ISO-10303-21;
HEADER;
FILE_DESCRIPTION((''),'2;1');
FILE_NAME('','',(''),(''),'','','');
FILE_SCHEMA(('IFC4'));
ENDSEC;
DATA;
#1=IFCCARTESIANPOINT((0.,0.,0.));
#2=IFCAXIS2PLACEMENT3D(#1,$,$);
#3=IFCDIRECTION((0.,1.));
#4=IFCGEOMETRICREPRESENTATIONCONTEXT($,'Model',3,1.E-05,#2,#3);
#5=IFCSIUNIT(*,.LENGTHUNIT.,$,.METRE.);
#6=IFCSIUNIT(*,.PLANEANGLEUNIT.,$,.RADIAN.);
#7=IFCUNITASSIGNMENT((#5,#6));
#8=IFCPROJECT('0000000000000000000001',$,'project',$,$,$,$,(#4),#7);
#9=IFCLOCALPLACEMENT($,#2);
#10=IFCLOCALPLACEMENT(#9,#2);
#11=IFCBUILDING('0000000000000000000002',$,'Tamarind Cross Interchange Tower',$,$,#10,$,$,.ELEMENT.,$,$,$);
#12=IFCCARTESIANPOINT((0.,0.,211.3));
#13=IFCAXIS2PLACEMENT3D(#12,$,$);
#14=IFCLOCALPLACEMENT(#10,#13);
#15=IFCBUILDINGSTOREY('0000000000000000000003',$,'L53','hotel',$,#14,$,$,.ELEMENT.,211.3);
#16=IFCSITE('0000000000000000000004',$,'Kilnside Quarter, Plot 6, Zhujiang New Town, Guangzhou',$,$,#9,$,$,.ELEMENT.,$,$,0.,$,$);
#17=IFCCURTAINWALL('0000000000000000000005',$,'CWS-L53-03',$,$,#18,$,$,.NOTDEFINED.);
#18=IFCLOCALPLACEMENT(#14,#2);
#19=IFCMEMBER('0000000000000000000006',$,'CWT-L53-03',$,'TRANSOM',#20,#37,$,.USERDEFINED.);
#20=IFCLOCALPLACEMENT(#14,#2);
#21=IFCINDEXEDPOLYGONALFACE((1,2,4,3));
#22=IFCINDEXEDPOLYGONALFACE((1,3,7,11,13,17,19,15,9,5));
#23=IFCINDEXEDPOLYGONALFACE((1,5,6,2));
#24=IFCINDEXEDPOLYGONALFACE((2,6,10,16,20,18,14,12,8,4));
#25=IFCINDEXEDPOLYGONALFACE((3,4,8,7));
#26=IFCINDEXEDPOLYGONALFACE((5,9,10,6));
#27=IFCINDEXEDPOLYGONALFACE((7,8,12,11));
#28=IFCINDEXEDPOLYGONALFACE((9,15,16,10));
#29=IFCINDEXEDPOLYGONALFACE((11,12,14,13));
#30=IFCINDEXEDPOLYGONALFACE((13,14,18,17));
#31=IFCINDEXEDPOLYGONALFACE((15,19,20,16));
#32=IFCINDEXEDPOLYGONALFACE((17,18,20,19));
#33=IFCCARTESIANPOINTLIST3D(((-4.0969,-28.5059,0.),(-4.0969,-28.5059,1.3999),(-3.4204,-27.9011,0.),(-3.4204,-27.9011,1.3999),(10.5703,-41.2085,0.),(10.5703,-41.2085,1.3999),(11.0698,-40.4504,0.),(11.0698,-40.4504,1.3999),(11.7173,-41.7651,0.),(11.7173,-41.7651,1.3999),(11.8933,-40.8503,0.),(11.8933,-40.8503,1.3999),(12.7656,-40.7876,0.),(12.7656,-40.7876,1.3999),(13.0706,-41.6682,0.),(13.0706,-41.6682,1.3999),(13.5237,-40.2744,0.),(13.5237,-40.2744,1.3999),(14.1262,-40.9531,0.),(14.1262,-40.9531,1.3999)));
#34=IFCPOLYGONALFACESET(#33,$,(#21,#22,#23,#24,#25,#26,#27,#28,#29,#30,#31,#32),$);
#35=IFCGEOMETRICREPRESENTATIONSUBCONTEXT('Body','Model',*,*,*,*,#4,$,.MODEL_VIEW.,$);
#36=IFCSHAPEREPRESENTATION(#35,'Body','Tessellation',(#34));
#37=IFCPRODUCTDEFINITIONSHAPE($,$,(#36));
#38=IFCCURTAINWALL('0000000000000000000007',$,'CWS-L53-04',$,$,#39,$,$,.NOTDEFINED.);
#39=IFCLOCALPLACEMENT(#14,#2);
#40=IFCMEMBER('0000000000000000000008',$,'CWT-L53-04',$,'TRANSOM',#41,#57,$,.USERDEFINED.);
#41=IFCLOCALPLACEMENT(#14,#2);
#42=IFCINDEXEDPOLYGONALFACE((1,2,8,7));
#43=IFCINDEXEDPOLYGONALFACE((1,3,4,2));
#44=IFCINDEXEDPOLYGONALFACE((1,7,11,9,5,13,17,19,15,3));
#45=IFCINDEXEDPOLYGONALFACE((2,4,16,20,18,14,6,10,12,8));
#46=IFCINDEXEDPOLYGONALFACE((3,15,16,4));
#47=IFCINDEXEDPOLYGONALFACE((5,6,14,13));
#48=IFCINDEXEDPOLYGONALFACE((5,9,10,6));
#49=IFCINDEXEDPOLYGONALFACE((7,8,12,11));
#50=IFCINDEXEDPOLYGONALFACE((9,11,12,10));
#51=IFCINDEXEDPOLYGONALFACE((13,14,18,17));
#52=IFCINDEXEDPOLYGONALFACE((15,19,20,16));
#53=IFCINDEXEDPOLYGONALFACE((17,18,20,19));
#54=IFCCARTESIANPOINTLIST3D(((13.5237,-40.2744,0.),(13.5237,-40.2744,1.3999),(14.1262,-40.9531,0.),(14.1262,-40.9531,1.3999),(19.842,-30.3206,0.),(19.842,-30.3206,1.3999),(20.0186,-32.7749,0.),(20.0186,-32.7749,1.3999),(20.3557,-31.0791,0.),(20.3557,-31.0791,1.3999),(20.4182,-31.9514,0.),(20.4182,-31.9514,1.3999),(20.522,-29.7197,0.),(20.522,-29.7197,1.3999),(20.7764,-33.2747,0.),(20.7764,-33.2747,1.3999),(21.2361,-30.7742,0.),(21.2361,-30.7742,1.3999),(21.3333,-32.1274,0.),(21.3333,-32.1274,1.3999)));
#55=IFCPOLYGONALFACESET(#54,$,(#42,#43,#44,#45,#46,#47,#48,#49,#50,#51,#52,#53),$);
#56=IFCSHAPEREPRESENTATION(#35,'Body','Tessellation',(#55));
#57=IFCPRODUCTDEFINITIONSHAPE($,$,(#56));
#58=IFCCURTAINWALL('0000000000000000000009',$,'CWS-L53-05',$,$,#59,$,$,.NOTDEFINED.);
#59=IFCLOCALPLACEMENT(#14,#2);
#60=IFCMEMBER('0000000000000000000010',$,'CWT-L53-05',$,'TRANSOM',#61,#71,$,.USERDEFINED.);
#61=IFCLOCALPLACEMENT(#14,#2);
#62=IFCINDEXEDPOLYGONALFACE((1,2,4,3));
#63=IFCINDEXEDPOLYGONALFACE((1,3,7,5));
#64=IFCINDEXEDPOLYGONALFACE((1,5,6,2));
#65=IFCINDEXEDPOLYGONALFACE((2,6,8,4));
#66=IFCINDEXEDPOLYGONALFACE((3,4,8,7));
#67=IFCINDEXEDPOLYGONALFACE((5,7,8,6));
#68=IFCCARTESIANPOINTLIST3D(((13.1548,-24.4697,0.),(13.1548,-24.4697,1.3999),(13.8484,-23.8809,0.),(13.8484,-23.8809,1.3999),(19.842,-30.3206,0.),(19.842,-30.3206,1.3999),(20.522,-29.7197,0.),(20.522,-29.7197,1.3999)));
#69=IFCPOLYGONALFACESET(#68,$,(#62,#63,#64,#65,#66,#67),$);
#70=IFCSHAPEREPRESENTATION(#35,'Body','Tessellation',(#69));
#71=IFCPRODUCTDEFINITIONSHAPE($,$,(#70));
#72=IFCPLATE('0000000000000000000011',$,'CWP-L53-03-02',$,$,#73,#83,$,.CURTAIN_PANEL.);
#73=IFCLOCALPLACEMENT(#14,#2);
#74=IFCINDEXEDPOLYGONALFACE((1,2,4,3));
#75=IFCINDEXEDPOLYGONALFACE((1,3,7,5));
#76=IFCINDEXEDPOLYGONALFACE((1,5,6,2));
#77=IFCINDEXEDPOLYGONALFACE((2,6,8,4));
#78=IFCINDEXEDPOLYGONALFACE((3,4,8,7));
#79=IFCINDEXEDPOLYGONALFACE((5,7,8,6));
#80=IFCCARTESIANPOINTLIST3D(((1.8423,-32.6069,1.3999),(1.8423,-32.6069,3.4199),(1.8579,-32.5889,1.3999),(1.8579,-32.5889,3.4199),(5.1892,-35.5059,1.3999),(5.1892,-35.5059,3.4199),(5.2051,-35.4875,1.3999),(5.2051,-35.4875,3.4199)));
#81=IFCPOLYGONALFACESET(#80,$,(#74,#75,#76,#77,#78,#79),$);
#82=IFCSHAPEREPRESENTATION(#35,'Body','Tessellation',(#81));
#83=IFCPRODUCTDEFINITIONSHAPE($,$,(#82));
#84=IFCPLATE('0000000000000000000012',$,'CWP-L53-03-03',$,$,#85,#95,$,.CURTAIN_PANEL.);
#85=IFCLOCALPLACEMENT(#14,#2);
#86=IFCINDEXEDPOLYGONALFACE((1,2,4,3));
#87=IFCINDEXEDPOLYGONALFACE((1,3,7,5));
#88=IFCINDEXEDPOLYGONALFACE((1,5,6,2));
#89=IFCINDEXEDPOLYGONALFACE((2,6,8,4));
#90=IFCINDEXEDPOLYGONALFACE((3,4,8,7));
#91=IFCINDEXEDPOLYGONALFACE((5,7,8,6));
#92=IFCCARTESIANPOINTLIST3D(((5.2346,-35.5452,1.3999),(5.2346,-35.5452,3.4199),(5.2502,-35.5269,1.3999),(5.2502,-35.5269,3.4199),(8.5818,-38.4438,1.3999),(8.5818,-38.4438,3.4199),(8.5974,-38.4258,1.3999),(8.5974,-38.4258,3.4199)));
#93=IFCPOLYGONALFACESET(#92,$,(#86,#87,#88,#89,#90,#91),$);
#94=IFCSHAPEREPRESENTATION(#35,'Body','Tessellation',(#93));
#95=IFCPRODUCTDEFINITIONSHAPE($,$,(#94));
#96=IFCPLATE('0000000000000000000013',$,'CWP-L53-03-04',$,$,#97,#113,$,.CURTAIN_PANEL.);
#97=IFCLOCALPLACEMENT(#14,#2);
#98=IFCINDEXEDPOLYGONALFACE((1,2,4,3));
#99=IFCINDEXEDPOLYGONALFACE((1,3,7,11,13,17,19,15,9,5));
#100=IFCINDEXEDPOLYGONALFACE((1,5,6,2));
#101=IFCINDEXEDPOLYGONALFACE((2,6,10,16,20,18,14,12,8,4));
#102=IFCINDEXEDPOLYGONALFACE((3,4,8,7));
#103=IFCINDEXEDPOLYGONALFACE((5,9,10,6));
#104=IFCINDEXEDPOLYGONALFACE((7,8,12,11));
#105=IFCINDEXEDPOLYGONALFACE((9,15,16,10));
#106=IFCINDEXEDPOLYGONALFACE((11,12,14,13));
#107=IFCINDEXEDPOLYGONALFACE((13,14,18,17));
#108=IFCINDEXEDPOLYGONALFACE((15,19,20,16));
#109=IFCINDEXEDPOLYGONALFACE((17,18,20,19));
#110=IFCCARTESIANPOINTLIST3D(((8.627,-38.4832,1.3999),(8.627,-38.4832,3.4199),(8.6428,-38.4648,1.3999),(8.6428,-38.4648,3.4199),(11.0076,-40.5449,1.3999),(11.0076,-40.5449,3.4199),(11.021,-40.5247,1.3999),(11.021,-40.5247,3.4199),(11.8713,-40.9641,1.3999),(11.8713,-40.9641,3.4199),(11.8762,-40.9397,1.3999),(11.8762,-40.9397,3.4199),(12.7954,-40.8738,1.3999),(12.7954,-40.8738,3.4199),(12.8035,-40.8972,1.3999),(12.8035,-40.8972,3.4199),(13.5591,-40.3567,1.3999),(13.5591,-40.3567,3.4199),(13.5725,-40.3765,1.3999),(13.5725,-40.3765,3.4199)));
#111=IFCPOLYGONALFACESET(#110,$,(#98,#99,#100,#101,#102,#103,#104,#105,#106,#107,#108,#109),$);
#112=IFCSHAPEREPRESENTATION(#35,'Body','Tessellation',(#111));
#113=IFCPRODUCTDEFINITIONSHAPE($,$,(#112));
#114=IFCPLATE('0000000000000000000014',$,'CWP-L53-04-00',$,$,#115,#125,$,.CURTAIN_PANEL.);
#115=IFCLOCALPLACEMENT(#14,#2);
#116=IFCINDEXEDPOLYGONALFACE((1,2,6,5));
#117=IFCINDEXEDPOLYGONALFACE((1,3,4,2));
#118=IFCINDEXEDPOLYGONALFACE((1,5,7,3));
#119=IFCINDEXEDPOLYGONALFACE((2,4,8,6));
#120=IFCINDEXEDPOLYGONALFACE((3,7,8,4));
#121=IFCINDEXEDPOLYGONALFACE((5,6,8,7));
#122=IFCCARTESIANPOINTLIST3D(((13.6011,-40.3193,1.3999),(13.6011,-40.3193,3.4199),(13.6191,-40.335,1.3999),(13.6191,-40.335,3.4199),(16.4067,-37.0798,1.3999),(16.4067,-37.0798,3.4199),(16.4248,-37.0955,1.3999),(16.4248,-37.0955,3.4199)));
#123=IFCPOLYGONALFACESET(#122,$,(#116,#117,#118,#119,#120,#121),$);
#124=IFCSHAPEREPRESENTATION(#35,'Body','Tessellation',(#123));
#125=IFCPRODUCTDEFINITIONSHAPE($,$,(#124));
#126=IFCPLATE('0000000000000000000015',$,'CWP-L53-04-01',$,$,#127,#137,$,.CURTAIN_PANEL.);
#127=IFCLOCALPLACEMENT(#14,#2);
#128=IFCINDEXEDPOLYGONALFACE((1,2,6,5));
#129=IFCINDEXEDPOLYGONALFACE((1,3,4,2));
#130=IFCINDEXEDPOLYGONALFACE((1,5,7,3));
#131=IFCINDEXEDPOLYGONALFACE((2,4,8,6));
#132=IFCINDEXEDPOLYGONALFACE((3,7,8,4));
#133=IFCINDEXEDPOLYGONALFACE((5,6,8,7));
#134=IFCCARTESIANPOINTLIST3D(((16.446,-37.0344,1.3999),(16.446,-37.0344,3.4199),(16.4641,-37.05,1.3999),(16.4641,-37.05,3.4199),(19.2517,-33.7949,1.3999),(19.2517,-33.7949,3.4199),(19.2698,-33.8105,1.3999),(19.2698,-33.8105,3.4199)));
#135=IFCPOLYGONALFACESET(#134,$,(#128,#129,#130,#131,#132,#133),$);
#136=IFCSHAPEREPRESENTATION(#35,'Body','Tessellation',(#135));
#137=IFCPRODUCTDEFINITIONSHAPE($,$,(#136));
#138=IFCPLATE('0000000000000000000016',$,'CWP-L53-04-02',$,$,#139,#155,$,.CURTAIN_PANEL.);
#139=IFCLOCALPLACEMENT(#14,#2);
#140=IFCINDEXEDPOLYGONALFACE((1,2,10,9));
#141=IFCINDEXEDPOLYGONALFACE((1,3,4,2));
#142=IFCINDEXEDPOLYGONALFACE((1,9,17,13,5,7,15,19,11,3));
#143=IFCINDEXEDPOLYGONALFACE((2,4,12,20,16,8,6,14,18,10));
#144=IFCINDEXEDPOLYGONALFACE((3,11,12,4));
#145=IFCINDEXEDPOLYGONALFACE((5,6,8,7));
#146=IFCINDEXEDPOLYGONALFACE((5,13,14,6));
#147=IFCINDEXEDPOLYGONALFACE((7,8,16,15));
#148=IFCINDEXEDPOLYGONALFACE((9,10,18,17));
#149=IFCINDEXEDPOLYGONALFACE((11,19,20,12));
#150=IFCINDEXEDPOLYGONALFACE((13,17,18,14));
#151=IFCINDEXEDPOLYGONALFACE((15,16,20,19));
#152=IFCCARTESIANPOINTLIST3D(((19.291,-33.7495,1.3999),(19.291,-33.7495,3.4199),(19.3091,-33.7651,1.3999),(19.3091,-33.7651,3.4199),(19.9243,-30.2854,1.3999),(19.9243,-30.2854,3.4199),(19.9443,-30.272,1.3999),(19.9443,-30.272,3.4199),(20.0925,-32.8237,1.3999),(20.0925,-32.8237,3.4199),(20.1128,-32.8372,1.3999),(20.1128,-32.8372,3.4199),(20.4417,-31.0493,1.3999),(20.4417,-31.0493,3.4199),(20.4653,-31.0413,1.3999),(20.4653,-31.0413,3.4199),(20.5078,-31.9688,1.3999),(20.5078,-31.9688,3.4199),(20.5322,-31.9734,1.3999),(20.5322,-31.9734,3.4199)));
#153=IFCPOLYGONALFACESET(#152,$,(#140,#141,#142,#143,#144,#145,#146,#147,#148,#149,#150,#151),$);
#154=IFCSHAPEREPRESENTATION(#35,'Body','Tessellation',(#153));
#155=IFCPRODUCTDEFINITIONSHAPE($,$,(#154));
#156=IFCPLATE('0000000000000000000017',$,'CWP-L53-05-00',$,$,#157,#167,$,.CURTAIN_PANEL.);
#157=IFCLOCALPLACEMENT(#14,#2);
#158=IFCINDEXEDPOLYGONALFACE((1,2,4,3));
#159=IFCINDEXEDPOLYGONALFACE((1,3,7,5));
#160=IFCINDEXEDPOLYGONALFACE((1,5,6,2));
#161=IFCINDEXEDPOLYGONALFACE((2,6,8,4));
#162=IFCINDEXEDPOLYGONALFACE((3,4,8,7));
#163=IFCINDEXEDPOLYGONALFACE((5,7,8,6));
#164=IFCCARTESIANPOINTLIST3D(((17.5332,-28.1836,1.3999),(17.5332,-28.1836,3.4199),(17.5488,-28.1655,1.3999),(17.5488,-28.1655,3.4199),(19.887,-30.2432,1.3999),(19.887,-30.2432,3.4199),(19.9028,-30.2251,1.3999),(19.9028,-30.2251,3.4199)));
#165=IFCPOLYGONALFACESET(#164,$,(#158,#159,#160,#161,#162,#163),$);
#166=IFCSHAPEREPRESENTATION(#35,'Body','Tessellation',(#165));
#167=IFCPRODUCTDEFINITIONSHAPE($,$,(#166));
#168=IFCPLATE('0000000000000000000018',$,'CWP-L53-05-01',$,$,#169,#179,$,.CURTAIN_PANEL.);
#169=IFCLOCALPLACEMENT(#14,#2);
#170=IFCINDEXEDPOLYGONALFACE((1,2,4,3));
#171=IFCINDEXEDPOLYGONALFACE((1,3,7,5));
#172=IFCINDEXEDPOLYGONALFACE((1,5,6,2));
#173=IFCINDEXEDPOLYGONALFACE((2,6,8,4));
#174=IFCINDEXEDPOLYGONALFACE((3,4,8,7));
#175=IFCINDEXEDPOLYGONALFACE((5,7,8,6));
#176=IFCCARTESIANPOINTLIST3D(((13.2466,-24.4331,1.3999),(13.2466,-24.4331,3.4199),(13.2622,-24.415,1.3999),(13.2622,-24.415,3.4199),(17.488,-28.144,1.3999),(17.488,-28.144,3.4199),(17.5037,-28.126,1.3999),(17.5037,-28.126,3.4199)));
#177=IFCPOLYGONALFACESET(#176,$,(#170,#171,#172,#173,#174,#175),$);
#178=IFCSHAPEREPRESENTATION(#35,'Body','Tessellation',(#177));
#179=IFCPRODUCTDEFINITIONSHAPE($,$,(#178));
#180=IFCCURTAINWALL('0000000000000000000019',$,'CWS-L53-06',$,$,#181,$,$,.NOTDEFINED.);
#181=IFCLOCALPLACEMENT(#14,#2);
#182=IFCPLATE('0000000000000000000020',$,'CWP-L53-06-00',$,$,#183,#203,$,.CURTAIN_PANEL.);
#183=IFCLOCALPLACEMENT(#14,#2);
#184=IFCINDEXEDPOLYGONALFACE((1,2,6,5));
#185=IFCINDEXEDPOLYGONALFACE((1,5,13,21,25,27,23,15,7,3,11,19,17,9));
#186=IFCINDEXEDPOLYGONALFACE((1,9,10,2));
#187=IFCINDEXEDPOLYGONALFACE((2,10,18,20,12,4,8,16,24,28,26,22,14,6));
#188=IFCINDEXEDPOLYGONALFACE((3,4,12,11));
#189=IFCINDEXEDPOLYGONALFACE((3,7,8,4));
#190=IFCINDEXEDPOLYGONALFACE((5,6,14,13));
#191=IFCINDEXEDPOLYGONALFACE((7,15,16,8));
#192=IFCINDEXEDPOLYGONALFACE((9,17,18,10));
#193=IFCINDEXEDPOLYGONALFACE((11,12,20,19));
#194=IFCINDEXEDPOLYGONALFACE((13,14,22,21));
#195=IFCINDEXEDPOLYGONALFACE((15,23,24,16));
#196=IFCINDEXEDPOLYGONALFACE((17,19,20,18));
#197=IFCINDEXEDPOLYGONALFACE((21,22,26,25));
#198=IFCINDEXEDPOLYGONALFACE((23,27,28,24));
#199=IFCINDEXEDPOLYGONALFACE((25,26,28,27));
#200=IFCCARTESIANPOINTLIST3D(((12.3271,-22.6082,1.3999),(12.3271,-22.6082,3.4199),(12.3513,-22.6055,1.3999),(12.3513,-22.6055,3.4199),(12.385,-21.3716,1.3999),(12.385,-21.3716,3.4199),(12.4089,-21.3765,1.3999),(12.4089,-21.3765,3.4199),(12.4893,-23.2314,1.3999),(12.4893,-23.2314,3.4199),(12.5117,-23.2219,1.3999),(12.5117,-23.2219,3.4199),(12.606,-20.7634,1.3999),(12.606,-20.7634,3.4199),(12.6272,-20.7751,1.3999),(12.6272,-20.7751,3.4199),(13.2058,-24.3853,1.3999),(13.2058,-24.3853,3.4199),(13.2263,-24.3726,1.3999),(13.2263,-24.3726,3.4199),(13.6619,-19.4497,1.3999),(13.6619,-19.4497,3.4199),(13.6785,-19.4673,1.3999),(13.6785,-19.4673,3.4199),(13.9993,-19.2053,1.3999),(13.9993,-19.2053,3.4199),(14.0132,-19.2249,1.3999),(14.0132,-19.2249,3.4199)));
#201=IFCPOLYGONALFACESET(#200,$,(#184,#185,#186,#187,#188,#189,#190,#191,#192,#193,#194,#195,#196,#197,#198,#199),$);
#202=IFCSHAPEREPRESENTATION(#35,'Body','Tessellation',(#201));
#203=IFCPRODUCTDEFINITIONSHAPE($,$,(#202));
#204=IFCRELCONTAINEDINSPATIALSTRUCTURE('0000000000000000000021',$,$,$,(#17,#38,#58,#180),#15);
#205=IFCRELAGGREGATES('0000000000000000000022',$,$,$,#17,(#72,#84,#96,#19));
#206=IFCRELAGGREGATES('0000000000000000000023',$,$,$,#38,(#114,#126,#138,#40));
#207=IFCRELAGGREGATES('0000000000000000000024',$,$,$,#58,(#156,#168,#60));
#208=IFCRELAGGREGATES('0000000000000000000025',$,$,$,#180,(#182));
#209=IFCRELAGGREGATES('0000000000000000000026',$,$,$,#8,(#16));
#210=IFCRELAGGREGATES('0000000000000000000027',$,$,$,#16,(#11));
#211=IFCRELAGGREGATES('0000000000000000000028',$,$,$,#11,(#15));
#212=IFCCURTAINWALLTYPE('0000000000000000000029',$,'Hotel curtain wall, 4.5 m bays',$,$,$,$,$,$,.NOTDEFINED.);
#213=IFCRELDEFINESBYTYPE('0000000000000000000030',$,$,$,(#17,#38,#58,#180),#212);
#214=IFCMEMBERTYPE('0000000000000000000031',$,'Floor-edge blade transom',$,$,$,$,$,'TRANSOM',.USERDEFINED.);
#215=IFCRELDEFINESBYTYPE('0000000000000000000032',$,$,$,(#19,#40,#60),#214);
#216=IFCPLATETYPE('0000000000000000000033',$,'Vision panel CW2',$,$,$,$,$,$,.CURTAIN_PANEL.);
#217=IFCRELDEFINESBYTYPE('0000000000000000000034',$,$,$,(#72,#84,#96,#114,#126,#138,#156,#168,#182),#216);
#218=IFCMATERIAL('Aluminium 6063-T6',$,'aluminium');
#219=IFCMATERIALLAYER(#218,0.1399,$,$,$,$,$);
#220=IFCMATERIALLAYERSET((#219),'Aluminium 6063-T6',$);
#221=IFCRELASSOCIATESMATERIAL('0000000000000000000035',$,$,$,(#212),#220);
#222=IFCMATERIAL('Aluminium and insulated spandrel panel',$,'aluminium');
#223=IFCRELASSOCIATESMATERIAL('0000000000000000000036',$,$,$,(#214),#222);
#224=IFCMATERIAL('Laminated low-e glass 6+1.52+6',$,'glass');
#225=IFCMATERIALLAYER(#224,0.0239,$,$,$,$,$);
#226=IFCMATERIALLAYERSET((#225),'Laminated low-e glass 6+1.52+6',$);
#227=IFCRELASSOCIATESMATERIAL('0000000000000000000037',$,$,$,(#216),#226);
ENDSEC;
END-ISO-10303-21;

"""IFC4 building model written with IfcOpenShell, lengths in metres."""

from ifc_helpers import new_model, si_unit, direction, frame, origin, place, context, subcontext, project, spatial, polyline, outline, extrude, material, layer, layer_set, type_object, element, aggregate, save


model = new_model("IFC4")

# Units and contexts
model_context = context("Model", 3, precision=1e-05, world=origin(), true_north=direction((0.0, 1.0)))
body_context = subcontext(model_context, "Body", "Model", "MODEL_VIEW")
ifc_project = project(units=[si_unit("LENGTHUNIT", "METRE"), si_unit("PLANEANGLEUNIT", "RADIAN")], contexts=[model_context])

# Site, building, storey
site_placement = place(None, origin())
site = spatial("IfcSite", under=ifc_project, at=site_placement, Name="Kilnside Quarter, Plot 6, Zhujiang New Town, Guangzhou", CompositionType="ELEMENT", RefElevation=0.0)
building_placement = place(site_placement, origin())
building = spatial("IfcBuilding", under=site, at=building_placement, Name="Tamarind Cross Interchange Tower", CompositionType="ELEMENT")
storey_placement = place(building_placement, frame((0.0, 0.0, 211.3)))
storey = spatial("IfcBuildingStorey", under=building, at=storey_placement, Name="L53", Description="hotel", CompositionType="ELEMENT", Elevation=211.3)

# Curtain walls, members
ifc_material_1 = material(Name="Aluminium 6063-T6", Category="aluminium")
ifc_layer_1 = layer(ifc_material_1, 0.1399)
ifc_layer_set_1 = layer_set([ifc_layer_1], Name="Aluminium 6063-T6")
curtain_wall_type = type_object("IfcCurtainWallType", Name="Hotel curtain wall, 4.5 m bays", PredefinedType="NOTDEFINED", material=ifc_layer_set_1)
curtain_wall_1_placement = place(storey_placement, origin())
curtain_wall_1 = element("IfcCurtainWall", 1, at=curtain_wall_1_placement, inside=storey, type_object=curtain_wall_type, Name="CWS-L53-03", PredefinedType="NOTDEFINED")
ifc_material_2 = material(Name="Aluminium and insulated spandrel panel", Category="aluminium")
member_type = type_object("IfcMemberType", Name="Floor-edge blade transom", ElementType="TRANSOM", PredefinedType="USERDEFINED", material=ifc_material_2)
member_1_placement = place(storey_placement, origin())
member_1 = element("IfcMember", 2, at=member_1_placement, type_object=member_type, Name="CWT-L53-03", ObjectType="TRANSOM", PredefinedType="USERDEFINED", context=body_context, shape_type="SweptSolid", body=[
    extrude(outline(polyline([(-3.4204, -27.9011), (11.0698, -40.4504), (11.8933, -40.8503), (12.7656, -40.7876), (13.5237, -40.2744), (14.1262, -40.9531), (13.0706, -41.6682), (11.7173, -41.7651), (10.5703, -41.2085), (-4.0969, -28.5059), (-3.4204, -27.9011)])), origin(), (0.0, 0.0, 1.0), 1.3999),
])
curtain_wall_2_placement = place(storey_placement, origin())
curtain_wall_2 = element("IfcCurtainWall", 3, at=curtain_wall_2_placement, inside=storey, type_object=curtain_wall_type, Name="CWS-L53-04", PredefinedType="NOTDEFINED")
member_2_placement = place(storey_placement, origin())
member_2 = element("IfcMember", 4, at=member_2_placement, type_object=member_type, Name="CWT-L53-04", ObjectType="TRANSOM", PredefinedType="USERDEFINED", context=body_context, shape_type="SweptSolid", body=[
    extrude(outline(polyline([(13.5237, -40.2744), (20.0186, -32.7749), (20.4182, -31.9514), (20.3557, -31.0791), (19.842, -30.3206), (20.522, -29.7197), (21.2361, -30.7742), (21.3333, -32.1274), (20.7764, -33.2747), (14.1262, -40.9531), (13.5237, -40.2744)])), origin(), (0.0, 0.0, 1.0), 1.3999),
])
curtain_wall_3_placement = place(storey_placement, origin())
curtain_wall_3 = element("IfcCurtainWall", 5, at=curtain_wall_3_placement, inside=storey, type_object=curtain_wall_type, Name="CWS-L53-05", PredefinedType="NOTDEFINED")
member_3_placement = place(storey_placement, origin())
member_3 = element("IfcMember", 6, at=member_3_placement, type_object=member_type, Name="CWT-L53-05", ObjectType="TRANSOM", PredefinedType="USERDEFINED", context=body_context, shape_type="SweptSolid", body=[
    extrude(outline(polyline([(19.842, -30.3206), (13.1548, -24.4697), (13.8484, -23.8809), (20.522, -29.7197), (19.842, -30.3206)])), origin(), (0.0, 0.0, 1.0), 1.3999),
])

# Plates
ifc_material_3 = material(Name="Laminated low-e glass 6+1.52+6", Category="glass")
ifc_layer_2 = layer(ifc_material_3, 0.0239)
ifc_layer_set_2 = layer_set([ifc_layer_2], Name="Laminated low-e glass 6+1.52+6")
plate_type = type_object("IfcPlateType", Name="Vision panel CW2", PredefinedType="CURTAIN_PANEL", material=ifc_layer_set_2)
plate_1_placement = place(storey_placement, frame((0.0, 0.0, 1.3999)))
plate_1 = element("IfcPlate", 7, at=plate_1_placement, type_object=plate_type, Name="CWP-L53-03-02", PredefinedType="CURTAIN_PANEL", context=body_context, shape_type="SweptSolid", body=[
    extrude(outline(polyline([(1.8579, -32.5889), (5.2051, -35.4875), (5.1892, -35.5059), (1.8423, -32.6069), (1.8579, -32.5889)])), origin(), (0.0, 0.0, 1.0), 2.02),
])
plate_2_placement = place(storey_placement, frame((0.0, 0.0, 1.3999)))
plate_2 = element("IfcPlate", 8, at=plate_2_placement, type_object=plate_type, Name="CWP-L53-03-03", PredefinedType="CURTAIN_PANEL", context=body_context, shape_type="SweptSolid", body=[
    extrude(outline(polyline([(5.2502, -35.5269), (8.5974, -38.4258), (8.5818, -38.4438), (5.2346, -35.5452), (5.2502, -35.5269)])), origin(), (0.0, 0.0, 1.0), 2.02),
])
plate_3_placement = place(storey_placement, frame((0.0, 0.0, 1.3999)))
plate_3 = element("IfcPlate", 9, at=plate_3_placement, type_object=plate_type, Name="CWP-L53-03-04", PredefinedType="CURTAIN_PANEL", context=body_context, shape_type="SweptSolid", body=[
    extrude(outline(polyline([(8.6428, -38.4648), (11.021, -40.5247), (11.8762, -40.9397), (12.7954, -40.8738), (13.5591, -40.3567), (13.5725, -40.3765), (12.8035, -40.8972), (11.8713, -40.9641), (11.0076, -40.5449), (8.627, -38.4832), (8.6428, -38.4648)])), origin(), (0.0, 0.0, 1.0), 2.02),
])
aggregate(curtain_wall_1, [plate_1, plate_2, plate_3, member_1])
plate_4_placement = place(storey_placement, frame((0.0, 0.0, 1.3999)))
plate_4 = element("IfcPlate", 10, at=plate_4_placement, type_object=plate_type, Name="CWP-L53-04-00", PredefinedType="CURTAIN_PANEL", context=body_context, shape_type="SweptSolid", body=[
    extrude(outline(polyline([(13.6011, -40.3193), (16.4067, -37.0798), (16.4248, -37.0955), (13.6191, -40.335), (13.6011, -40.3193)])), origin(), (0.0, 0.0, 1.0), 2.02),
])
plate_5_placement = place(storey_placement, frame((0.0, 0.0, 1.3999)))
plate_5 = element("IfcPlate", 11, at=plate_5_placement, type_object=plate_type, Name="CWP-L53-04-01", PredefinedType="CURTAIN_PANEL", context=body_context, shape_type="SweptSolid", body=[
    extrude(outline(polyline([(16.446, -37.0344), (19.2517, -33.7949), (19.2698, -33.8105), (16.4641, -37.05), (16.446, -37.0344)])), origin(), (0.0, 0.0, 1.0), 2.02),
])
plate_6_placement = place(storey_placement, frame((0.0, 0.0, 1.3999)))
plate_6 = element("IfcPlate", 12, at=plate_6_placement, type_object=plate_type, Name="CWP-L53-04-02", PredefinedType="CURTAIN_PANEL", context=body_context, shape_type="SweptSolid", body=[
    extrude(outline(polyline([(19.291, -33.7495), (20.0925, -32.8237), (20.5078, -31.9688), (20.4417, -31.0493), (19.9243, -30.2854), (19.9443, -30.272), (20.4653, -31.0413), (20.5322, -31.9734), (20.1128, -32.8372), (19.3091, -33.7651), (19.291, -33.7495)])), origin(), (0.0, 0.0, 1.0), 2.02),
])
aggregate(curtain_wall_2, [plate_4, plate_5, plate_6, member_2])
plate_7_placement = place(storey_placement, frame((0.0, 0.0, 1.3999)))
plate_7 = element("IfcPlate", 13, at=plate_7_placement, type_object=plate_type, Name="CWP-L53-05-00", PredefinedType="CURTAIN_PANEL", context=body_context, shape_type="SweptSolid", body=[
    extrude(outline(polyline([(19.887, -30.2432), (17.5332, -28.1836), (17.5488, -28.1655), (19.9028, -30.2251), (19.887, -30.2432)])), origin(), (0.0, 0.0, 1.0), 2.02),
])
plate_8_placement = place(storey_placement, frame((0.0, 0.0, 1.3999)))
plate_8 = element("IfcPlate", 14, at=plate_8_placement, type_object=plate_type, Name="CWP-L53-05-01", PredefinedType="CURTAIN_PANEL", context=body_context, shape_type="SweptSolid", body=[
    extrude(outline(polyline([(17.488, -28.144), (13.2466, -24.4331), (13.2622, -24.415), (17.5037, -28.126), (17.488, -28.144)])), origin(), (0.0, 0.0, 1.0), 2.02),
])
aggregate(curtain_wall_3, [plate_7, plate_8, member_3])

# Curtain wall, plate
curtain_wall_4_placement = place(storey_placement, origin())
curtain_wall_4 = element("IfcCurtainWall", 15, at=curtain_wall_4_placement, inside=storey, type_object=curtain_wall_type, Name="CWS-L53-06", PredefinedType="NOTDEFINED")
plate_9_placement = place(storey_placement, frame((0.0, 0.0, 1.3999)))
plate_9 = element("IfcPlate", 16, at=plate_9_placement, type_object=plate_type, Name="CWP-L53-06-00", PredefinedType="CURTAIN_PANEL", context=body_context, shape_type="SweptSolid", body=[
    extrude(outline(polyline([(13.2058, -24.3853), (12.4893, -23.2314), (12.3271, -22.6082), (12.385, -21.3716), (12.606, -20.7634), (13.6619, -19.4497), (13.9993, -19.2053), (14.0132, -19.2249), (13.6785, -19.4673), (12.6272, -20.7751), (12.4089, -21.3765), (12.3513, -22.6055), (12.5117, -23.2219), (13.2263, -24.3726), (13.2058, -24.3853)])), origin(), (0.0, 0.0, 1.0), 2.02),
])
aggregate(curtain_wall_4, [plate_9])

save(model, "model.ifc")
